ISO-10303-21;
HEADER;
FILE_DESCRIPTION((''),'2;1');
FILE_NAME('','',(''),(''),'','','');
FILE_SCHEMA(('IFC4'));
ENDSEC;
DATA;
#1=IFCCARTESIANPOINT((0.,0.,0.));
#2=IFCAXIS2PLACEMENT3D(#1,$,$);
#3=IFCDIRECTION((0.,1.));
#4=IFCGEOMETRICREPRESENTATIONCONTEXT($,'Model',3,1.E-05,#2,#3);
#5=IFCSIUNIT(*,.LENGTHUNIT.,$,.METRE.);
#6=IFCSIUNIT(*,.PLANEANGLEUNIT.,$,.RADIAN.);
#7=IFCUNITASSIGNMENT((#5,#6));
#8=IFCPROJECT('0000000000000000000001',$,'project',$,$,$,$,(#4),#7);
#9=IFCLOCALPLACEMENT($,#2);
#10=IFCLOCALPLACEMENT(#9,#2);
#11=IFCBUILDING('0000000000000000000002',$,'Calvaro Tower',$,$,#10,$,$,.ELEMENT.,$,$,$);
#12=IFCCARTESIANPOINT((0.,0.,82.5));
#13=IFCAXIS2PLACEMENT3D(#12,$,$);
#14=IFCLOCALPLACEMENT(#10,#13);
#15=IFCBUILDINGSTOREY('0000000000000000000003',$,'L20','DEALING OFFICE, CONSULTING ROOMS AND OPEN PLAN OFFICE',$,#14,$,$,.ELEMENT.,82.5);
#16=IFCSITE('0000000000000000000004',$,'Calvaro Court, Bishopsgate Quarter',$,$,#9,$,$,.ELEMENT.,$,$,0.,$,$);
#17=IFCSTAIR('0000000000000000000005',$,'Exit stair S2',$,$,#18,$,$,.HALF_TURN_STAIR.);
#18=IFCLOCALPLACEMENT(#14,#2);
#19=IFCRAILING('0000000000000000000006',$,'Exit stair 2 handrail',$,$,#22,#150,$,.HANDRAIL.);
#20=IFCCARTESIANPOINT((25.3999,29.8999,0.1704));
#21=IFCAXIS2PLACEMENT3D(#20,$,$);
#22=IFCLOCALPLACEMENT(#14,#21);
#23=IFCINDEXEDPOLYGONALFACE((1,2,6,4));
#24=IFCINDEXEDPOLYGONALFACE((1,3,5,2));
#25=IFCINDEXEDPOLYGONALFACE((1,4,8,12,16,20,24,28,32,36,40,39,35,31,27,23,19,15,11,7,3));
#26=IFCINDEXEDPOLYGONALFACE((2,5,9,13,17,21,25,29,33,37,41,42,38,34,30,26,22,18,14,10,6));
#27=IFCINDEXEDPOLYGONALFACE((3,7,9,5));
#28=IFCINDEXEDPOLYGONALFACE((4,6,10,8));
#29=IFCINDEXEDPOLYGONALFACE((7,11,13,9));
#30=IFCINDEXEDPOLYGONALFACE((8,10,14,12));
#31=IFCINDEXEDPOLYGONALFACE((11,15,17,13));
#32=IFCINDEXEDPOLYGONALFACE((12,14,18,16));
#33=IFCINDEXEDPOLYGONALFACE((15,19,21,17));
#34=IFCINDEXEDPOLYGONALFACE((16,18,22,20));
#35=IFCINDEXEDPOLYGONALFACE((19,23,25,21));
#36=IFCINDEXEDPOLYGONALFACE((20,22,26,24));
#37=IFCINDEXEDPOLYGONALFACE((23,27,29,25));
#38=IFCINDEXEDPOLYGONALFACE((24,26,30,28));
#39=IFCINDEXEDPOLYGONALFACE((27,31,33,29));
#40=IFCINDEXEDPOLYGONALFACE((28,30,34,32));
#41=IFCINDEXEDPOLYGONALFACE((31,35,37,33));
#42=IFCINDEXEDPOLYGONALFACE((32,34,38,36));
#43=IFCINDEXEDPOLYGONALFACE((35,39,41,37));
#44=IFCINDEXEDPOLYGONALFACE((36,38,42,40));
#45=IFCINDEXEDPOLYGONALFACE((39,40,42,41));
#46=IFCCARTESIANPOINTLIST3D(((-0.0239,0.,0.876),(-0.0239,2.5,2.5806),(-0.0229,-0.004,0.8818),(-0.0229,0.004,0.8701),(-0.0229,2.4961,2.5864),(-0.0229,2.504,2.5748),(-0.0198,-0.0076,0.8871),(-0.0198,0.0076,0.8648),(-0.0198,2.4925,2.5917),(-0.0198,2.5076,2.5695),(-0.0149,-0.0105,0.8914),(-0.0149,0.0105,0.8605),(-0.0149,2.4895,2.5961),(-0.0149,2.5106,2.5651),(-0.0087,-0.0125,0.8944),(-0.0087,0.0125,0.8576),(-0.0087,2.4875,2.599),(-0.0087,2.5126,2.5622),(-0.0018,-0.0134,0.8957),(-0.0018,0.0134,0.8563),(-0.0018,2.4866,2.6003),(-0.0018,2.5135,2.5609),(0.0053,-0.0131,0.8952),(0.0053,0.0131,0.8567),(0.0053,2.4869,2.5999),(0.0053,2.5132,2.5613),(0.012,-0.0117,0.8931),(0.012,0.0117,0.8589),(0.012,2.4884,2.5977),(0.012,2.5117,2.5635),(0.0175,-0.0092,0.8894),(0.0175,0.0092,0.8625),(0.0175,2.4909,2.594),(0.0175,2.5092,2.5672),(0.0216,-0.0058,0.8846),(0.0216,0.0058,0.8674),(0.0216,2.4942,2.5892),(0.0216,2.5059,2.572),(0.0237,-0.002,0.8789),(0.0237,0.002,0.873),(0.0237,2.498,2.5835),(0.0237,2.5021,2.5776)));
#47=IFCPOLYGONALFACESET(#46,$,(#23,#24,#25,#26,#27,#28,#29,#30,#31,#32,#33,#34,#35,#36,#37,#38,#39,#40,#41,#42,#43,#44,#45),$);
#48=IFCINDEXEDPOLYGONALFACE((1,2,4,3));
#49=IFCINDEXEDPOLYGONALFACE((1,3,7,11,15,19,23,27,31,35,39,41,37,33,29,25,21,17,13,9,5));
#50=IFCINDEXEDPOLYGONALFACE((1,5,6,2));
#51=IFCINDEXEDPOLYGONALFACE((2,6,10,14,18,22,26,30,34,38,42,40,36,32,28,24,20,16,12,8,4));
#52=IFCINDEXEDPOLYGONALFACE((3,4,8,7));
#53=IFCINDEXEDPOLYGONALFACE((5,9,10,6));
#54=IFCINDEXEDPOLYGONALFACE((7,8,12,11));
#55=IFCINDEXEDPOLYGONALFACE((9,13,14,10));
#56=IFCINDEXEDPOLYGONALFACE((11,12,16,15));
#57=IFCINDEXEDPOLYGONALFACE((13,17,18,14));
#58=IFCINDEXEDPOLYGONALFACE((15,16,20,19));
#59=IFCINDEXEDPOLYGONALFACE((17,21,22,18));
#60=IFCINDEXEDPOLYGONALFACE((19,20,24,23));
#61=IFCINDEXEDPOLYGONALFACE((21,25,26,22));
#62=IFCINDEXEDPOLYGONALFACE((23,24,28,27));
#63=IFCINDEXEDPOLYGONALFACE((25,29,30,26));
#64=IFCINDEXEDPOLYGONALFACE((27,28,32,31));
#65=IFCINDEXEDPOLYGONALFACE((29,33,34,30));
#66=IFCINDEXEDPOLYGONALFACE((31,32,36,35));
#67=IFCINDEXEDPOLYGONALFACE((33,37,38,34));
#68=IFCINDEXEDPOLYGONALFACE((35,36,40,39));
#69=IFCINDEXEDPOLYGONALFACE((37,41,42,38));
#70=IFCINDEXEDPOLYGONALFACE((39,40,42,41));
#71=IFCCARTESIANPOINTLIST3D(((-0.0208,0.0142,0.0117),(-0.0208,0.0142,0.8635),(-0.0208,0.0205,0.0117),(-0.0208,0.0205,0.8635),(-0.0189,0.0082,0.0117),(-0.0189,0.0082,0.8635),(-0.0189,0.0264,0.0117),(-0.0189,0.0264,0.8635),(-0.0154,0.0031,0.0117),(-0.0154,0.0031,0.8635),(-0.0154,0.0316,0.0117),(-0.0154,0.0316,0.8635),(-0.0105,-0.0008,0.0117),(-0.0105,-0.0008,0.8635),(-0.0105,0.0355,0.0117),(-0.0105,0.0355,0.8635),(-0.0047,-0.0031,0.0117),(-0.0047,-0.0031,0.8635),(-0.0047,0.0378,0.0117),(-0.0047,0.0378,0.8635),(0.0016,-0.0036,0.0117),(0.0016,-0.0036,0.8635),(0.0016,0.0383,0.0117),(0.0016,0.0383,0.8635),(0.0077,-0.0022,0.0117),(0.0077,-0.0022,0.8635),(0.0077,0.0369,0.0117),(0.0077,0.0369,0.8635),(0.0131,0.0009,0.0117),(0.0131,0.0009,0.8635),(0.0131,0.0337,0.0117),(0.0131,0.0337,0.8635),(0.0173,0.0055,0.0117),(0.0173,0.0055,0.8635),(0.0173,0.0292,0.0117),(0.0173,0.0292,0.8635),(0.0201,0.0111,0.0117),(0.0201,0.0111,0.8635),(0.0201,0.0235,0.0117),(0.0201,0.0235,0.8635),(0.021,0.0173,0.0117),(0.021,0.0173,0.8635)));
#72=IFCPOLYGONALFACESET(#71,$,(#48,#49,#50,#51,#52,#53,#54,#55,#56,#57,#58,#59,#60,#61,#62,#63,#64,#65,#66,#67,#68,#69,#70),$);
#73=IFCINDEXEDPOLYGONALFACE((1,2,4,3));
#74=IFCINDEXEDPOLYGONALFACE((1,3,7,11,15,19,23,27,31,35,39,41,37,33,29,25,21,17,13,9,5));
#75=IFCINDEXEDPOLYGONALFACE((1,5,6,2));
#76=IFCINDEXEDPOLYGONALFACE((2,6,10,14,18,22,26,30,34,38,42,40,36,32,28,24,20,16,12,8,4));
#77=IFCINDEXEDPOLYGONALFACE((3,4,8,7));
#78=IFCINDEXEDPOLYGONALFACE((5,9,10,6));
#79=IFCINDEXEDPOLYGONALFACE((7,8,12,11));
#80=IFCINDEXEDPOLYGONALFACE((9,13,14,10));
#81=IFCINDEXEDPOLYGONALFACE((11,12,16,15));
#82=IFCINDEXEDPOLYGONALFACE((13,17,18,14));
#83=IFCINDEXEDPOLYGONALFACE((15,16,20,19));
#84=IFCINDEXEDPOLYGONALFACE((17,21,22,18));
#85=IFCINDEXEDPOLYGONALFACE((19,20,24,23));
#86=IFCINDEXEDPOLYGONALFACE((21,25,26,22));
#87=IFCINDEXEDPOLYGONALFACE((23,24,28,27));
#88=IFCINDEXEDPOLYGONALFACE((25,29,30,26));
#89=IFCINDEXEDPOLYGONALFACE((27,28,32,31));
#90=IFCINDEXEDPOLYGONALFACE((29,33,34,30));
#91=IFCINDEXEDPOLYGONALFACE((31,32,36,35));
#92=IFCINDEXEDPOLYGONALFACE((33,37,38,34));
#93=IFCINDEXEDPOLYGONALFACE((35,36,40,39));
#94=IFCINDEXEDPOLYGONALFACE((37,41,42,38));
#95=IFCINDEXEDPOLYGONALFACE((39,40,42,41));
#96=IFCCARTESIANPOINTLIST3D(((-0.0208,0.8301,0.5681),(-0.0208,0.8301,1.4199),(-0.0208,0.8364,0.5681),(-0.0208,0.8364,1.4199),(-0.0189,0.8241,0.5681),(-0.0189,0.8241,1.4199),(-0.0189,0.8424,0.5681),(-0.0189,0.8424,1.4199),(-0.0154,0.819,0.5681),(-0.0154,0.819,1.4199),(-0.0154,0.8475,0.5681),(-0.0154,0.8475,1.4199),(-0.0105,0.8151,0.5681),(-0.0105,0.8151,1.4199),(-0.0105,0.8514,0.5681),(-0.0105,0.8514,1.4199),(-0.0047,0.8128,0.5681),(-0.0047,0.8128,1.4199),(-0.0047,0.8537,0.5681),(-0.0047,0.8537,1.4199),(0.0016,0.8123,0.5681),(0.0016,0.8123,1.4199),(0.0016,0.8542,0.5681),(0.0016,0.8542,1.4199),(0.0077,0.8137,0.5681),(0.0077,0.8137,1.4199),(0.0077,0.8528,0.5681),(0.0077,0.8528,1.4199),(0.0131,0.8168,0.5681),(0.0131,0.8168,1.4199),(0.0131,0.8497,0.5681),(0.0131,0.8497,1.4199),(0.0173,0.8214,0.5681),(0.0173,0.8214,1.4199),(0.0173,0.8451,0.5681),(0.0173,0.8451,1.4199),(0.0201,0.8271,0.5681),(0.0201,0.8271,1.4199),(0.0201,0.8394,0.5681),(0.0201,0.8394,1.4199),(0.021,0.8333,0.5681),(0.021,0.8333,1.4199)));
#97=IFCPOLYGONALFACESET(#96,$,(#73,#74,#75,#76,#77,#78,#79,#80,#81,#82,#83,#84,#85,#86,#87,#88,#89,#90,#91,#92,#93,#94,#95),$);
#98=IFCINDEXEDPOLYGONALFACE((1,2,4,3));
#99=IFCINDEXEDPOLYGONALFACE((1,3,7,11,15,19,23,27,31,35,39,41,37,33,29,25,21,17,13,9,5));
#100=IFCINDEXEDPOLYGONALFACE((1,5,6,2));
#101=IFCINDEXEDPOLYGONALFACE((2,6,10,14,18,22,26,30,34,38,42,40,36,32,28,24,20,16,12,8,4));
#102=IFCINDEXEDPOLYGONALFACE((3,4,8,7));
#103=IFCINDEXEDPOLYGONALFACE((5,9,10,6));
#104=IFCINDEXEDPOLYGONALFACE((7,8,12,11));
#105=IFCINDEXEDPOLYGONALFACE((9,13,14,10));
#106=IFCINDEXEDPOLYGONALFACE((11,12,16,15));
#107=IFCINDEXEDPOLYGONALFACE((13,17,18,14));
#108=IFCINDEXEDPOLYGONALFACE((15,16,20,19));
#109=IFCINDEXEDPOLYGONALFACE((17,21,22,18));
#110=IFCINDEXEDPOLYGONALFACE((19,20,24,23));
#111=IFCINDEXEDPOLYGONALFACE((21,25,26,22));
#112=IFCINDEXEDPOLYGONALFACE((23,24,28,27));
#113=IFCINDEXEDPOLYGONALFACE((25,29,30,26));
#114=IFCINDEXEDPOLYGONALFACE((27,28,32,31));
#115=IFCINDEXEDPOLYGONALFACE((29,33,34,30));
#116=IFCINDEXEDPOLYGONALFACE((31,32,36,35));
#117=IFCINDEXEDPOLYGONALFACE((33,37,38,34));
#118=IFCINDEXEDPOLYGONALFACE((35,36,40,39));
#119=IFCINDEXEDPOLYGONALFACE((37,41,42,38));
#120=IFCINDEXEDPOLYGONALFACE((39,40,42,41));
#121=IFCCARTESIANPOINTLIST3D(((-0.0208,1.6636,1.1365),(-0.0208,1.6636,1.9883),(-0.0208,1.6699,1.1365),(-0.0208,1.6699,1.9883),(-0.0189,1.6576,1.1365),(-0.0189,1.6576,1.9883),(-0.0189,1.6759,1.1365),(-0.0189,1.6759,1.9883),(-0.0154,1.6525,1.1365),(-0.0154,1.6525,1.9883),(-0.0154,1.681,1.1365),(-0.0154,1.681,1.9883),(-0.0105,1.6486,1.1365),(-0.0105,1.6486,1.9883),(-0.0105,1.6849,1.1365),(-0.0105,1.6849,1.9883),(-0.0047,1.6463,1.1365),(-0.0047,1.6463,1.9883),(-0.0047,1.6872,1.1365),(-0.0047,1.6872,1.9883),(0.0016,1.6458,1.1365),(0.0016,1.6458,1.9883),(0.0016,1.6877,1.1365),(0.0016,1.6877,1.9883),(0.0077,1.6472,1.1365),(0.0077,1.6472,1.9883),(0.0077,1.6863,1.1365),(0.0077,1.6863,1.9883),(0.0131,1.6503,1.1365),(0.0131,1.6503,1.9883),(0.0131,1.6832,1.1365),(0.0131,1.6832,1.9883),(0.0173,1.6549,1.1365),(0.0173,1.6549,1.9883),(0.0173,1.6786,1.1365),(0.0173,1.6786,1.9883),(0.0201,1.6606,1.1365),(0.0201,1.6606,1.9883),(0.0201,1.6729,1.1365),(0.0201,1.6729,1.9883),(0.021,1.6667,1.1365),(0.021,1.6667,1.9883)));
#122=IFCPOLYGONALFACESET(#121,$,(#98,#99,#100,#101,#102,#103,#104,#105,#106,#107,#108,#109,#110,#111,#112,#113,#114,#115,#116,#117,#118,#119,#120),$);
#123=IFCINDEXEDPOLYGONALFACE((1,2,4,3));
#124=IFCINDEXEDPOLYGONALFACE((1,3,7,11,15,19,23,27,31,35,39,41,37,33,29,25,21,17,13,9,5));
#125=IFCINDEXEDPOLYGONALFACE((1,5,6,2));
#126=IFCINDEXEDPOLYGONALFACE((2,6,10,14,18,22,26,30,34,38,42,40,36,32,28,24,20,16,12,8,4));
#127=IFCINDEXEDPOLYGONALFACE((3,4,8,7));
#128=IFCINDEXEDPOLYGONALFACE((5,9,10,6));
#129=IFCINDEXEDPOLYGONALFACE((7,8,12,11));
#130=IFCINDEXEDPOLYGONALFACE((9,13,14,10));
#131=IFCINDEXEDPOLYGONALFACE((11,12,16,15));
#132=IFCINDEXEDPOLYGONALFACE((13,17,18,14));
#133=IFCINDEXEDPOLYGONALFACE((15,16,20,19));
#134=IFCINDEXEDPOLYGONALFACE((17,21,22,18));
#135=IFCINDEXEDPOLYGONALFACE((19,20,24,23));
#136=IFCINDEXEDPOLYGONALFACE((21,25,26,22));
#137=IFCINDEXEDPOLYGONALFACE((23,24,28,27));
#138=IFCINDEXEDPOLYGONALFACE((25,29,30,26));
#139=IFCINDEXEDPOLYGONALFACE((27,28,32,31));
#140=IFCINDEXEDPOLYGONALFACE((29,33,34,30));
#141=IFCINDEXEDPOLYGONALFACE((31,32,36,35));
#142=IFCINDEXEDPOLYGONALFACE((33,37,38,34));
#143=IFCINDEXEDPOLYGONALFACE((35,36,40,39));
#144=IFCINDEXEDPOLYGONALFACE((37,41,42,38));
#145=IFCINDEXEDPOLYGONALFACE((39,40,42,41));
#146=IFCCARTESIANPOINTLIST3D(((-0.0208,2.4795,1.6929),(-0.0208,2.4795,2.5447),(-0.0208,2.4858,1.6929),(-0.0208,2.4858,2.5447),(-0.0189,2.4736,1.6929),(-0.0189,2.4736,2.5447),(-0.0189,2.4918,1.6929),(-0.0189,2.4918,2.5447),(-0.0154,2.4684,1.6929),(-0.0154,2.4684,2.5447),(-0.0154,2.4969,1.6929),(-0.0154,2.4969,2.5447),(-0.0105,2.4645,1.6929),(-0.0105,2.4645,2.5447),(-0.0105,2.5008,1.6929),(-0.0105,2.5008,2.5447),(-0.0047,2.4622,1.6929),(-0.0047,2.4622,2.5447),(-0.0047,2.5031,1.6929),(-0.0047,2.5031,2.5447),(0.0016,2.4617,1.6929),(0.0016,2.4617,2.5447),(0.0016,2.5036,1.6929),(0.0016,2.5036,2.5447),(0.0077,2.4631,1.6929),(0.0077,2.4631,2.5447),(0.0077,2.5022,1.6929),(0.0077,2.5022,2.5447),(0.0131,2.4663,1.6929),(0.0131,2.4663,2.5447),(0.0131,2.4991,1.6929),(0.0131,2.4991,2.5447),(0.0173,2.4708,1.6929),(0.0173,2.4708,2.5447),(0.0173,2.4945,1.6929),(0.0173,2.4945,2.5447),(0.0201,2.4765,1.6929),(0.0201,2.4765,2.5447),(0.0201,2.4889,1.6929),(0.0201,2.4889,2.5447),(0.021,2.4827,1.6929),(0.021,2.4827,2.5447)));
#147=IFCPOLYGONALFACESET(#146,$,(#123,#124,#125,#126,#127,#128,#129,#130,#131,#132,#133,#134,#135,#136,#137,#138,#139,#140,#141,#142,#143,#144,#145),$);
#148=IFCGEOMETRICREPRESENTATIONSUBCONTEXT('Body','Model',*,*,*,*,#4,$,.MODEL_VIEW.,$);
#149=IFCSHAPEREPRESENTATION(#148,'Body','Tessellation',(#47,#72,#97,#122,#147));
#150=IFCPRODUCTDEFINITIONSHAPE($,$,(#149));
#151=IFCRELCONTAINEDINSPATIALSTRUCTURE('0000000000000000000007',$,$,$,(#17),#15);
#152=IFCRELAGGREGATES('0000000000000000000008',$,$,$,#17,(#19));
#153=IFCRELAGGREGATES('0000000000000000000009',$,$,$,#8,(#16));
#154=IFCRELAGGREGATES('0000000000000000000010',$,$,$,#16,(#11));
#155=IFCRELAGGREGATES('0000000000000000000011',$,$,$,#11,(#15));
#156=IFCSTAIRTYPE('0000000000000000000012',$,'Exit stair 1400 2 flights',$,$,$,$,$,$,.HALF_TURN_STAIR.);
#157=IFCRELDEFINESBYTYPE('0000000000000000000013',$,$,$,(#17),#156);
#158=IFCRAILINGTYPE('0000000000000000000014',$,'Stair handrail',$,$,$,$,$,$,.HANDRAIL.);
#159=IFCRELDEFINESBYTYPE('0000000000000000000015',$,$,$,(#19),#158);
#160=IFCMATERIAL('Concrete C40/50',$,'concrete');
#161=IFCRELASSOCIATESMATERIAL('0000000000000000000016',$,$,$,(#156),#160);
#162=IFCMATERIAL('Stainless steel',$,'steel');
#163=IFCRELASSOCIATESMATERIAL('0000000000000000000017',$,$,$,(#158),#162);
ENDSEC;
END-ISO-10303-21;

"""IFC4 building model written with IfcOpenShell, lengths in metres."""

from ifc_helpers import new_model, si_unit, direction, frame, origin, origin_2d, place, context, subcontext, project, spatial, circle, extrude, material, type_object, element, aggregate, save


model = new_model("IFC4")

# Units and contexts
model_context = context("Model", 3, precision=1e-05, world=origin(), true_north=direction((0.0, 1.0)))
body_context = subcontext(model_context, "Body", "Model", "MODEL_VIEW")
ifc_project = project(units=[si_unit("LENGTHUNIT", "METRE"), si_unit("PLANEANGLEUNIT", "RADIAN")], contexts=[model_context])

# Site, building, storey
site_placement = place(None, origin())
site = spatial("IfcSite", under=ifc_project, at=site_placement, Name="Calvaro Court, Bishopsgate Quarter", CompositionType="ELEMENT", RefElevation=0.0)
building_placement = place(site_placement, origin())
building = spatial("IfcBuilding", under=site, at=building_placement, Name="Calvaro Tower", CompositionType="ELEMENT")
storey_placement = place(building_placement, frame((0.0, 0.0, 82.5)))
storey = spatial("IfcBuildingStorey", under=building, at=storey_placement, Name="L20", Description="DEALING OFFICE, CONSULTING ROOMS AND OPEN PLAN OFFICE", CompositionType="ELEMENT", Elevation=82.5)

# Stair, railing
ifc_material_1 = material(Name="Concrete C40/50", Category="concrete")
stair_type = type_object("IfcStairType", Name="Exit stair 1400 2 flights", PredefinedType="HALF_TURN_STAIR", material=ifc_material_1)
stair_placement = place(storey_placement, origin())
stair = element("IfcStair", 1, at=stair_placement, inside=storey, type_object=stair_type, Name="Exit stair S2", PredefinedType="HALF_TURN_STAIR")
ifc_material_2 = material(Name="Stainless steel", Category="steel")
railing_type = type_object("IfcRailingType", Name="Stair handrail", PredefinedType="HANDRAIL", material=ifc_material_2)
railing_1_placement = place(storey_placement, frame((25.3999, 29.8999, 0.1704)))
railing_1 = element("IfcRailing", 2, at=railing_1_placement, type_object=railing_type, Name="Exit stair 2 handrail", PredefinedType="HANDRAIL", context=body_context, shape_type="SweptSolid", body=[
    extrude(circle(Radius=0.0239, at=origin_2d()), frame((0.0, 0.0, 0.876), z_axis=(0.0, 0.826221, 0.563347), x_axis=(-1.0, 0.0, 0.0)), (0.0, 0.0, 1.0), 3.0259),
    extrude(circle(Radius=0.021, at=origin_2d()), frame((0.0, 0.0173, 0.0117)), (0.0, 0.0, 1.0), 0.8518),
    extrude(circle(Radius=0.021, at=origin_2d()), frame((0.0, 0.8333, 0.5681)), (0.0, 0.0, 1.0), 0.8518),
    extrude(circle(Radius=0.021, at=origin_2d()), frame((0.0, 1.6667, 1.1365)), (0.0, 0.0, 1.0), 0.8518),
    extrude(circle(Radius=0.021, at=origin_2d()), frame((0.0, 2.4827, 1.6929)), (0.0, 0.0, 1.0), 0.8518),
])
aggregate(stair, [railing_1])

save(model, "model.ifc")
